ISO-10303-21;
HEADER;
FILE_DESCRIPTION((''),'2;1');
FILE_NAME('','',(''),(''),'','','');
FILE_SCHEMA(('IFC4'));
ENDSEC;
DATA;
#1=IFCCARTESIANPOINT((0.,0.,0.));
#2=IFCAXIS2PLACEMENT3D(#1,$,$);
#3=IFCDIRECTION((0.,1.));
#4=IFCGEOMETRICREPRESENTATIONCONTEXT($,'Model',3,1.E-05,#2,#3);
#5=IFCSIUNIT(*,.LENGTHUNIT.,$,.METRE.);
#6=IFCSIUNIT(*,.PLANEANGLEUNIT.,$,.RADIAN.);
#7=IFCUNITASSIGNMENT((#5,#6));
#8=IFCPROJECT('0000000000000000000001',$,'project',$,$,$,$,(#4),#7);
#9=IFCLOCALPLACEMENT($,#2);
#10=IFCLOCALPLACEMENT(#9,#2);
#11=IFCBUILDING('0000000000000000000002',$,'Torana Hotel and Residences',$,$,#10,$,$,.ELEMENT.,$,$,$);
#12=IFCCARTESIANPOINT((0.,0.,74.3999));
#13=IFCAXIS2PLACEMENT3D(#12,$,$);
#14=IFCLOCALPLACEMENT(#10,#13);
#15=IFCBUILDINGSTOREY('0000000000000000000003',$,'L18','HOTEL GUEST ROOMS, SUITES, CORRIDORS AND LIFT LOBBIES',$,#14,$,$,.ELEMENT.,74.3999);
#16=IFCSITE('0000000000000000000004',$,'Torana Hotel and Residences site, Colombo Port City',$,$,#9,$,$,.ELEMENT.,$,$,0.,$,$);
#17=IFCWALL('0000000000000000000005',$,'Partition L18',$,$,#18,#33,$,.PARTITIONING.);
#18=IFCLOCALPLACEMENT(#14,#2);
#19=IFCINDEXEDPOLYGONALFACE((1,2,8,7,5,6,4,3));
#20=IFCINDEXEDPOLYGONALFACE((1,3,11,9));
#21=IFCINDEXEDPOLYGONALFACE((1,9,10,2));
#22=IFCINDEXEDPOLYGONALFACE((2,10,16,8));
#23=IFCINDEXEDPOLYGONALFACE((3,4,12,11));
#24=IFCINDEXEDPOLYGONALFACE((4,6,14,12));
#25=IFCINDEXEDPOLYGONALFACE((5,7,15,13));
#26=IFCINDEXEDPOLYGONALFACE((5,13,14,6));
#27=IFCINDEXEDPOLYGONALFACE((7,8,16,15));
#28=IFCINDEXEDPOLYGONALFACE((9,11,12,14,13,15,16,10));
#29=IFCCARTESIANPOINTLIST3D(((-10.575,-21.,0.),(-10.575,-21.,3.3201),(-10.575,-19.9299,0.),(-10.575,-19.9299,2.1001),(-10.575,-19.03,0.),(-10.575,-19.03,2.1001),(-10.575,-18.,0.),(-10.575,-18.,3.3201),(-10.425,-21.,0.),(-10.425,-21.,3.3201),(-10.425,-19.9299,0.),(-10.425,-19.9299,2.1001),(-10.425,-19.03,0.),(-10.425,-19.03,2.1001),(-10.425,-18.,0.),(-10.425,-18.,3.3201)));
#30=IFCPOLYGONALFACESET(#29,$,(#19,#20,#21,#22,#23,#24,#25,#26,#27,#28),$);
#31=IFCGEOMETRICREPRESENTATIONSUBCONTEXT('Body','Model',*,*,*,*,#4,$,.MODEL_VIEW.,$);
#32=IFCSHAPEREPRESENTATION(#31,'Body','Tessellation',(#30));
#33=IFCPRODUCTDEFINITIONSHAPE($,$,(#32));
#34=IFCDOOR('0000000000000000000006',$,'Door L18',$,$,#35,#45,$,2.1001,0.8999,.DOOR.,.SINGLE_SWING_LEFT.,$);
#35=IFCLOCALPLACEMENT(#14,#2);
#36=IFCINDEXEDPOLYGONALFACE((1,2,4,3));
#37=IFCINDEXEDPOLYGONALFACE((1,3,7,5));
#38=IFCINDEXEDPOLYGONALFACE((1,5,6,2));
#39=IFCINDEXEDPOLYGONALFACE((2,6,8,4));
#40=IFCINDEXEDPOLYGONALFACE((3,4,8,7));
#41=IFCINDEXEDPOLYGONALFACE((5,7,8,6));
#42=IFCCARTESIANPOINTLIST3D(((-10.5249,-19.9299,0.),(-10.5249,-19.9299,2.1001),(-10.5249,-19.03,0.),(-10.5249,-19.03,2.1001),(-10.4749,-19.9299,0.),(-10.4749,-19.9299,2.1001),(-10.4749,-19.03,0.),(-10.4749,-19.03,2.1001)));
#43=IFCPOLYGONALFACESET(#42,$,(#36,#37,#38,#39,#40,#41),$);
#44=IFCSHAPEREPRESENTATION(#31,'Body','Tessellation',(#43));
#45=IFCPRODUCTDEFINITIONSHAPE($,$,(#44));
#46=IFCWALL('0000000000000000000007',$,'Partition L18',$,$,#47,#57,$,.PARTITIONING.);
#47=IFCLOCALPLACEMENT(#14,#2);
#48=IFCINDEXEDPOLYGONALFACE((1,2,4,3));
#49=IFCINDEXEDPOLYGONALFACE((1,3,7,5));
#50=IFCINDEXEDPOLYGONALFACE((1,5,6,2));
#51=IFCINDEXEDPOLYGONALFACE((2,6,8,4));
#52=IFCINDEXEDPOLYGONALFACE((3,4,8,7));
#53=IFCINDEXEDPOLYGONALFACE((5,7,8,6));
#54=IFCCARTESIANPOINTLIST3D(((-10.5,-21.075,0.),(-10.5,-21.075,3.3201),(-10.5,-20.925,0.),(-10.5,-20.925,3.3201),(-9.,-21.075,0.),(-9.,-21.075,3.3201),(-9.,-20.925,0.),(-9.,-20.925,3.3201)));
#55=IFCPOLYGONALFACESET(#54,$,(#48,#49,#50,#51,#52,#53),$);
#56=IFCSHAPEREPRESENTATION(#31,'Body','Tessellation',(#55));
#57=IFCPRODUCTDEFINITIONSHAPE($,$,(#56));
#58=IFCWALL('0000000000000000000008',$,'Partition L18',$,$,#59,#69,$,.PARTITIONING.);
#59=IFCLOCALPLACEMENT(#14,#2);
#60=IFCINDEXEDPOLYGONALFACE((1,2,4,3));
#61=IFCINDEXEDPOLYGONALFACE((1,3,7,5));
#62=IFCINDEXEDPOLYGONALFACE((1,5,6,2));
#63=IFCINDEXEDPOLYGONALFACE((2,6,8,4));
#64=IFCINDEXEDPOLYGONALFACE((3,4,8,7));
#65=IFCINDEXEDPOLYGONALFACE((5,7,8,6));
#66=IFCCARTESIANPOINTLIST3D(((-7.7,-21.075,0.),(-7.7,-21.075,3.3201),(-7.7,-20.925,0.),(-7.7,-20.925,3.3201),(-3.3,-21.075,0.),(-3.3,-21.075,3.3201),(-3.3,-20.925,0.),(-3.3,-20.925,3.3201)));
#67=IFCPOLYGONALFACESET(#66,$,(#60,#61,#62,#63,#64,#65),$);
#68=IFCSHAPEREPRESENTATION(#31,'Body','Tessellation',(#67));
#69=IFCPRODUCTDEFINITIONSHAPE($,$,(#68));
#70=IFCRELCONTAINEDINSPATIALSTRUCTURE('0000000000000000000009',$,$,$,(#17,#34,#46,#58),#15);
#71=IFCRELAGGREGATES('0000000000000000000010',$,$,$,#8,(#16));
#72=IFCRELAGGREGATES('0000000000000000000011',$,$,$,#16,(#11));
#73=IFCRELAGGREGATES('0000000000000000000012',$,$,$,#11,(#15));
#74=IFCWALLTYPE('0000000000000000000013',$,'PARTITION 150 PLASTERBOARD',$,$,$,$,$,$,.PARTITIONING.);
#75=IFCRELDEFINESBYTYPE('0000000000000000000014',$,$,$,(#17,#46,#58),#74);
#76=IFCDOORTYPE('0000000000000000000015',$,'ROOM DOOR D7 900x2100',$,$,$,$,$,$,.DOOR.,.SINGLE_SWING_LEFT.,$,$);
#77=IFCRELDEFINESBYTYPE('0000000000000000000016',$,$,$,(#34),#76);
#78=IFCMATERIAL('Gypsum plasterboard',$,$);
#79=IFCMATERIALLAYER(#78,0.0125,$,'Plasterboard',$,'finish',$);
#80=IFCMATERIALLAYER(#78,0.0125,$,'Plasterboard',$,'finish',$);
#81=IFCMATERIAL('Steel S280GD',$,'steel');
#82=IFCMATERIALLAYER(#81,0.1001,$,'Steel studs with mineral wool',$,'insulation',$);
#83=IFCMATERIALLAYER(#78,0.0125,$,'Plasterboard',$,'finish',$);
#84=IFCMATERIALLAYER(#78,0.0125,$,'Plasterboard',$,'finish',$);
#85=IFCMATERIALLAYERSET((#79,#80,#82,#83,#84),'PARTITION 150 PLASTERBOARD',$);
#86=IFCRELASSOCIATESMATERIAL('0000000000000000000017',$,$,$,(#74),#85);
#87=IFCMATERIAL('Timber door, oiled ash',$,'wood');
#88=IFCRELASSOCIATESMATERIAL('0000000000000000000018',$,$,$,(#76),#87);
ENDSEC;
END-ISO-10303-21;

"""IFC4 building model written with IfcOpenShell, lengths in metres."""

from ifc_helpers import new_model, si_unit, direction, frame, frame_2d, origin, place, context, subcontext, project, spatial, rectangle, extrude, material, layer, layer_set, type_object, element, fill, save


model = new_model("IFC4")

# Units and contexts
model_context = context("Model", 3, precision=1e-05, world=origin(), true_north=direction((0.0, 1.0)))
body_context = subcontext(model_context, "Body", "Model", "MODEL_VIEW")
ifc_project = project(units=[si_unit("LENGTHUNIT", "METRE"), si_unit("PLANEANGLEUNIT", "RADIAN")], contexts=[model_context])

# Site, building, storey
site_placement = place(None, origin())
site = spatial("IfcSite", under=ifc_project, at=site_placement, Name="Torana Hotel and Residences site, Colombo Port City", CompositionType="ELEMENT", RefElevation=0.0)
building_placement = place(site_placement, origin())
building = spatial("IfcBuilding", under=site, at=building_placement, Name="Torana Hotel and Residences", CompositionType="ELEMENT")
storey_placement = place(building_placement, frame((0.0, 0.0, 74.3999)))
storey = spatial("IfcBuildingStorey", under=building, at=storey_placement, Name="L18", Description="HOTEL GUEST ROOMS, SUITES, CORRIDORS AND LIFT LOBBIES", CompositionType="ELEMENT", Elevation=74.3999)

# Wall, opening, door
ifc_material_1 = material(Name="Gypsum plasterboard")
ifc_layer_1 = layer(ifc_material_1, 0.0125, Name="Plasterboard", Category="finish")
ifc_layer_2 = layer(ifc_material_1, 0.0125, Name="Plasterboard", Category="finish")
ifc_material_2 = material(Name="Steel S280GD", Category="steel")
ifc_layer_3 = layer(ifc_material_2, 0.1001, Name="Steel studs with mineral wool", Category="insulation")
ifc_layer_4 = layer(ifc_material_1, 0.0125, Name="Plasterboard", Category="finish")
ifc_layer_5 = layer(ifc_material_1, 0.0125, Name="Plasterboard", Category="finish")
ifc_layer_set_1 = layer_set([ifc_layer_1, ifc_layer_2, ifc_layer_3, ifc_layer_4, ifc_layer_5], Name="PARTITION 150 PLASTERBOARD")
wall_type_1 = type_object("IfcWallType", Name="PARTITION 150 PLASTERBOARD", PredefinedType="PARTITIONING", material=ifc_layer_set_1)
wall_1_placement = place(storey_placement, frame((-10.5, -21.0, 0.0), z_axis=(0.0, 0.0, 1.0), x_axis=(0.0, 1.0, 0.0)))
wall_1 = element("IfcWall", 1, at=wall_1_placement, inside=storey, type_object=wall_type_1, Name="Partition L18", PredefinedType="PARTITIONING", context=body_context, shape_type="SweptSolid", body=[
    extrude(rectangle(XDim=3.0, YDim=0.1499, at=frame_2d((1.5, 0.0))), origin(), (0.0, 0.0, 1.0), 3.3201),
])
opening_1_placement = place(wall_1_placement, frame((1.0701, 0.0, 0.0)))
opening_1 = element("IfcOpeningElement", 2, at=opening_1_placement, cuts=wall_1, PredefinedType="OPENING", context=body_context, shape_type="SweptSolid", body=[
    extrude(rectangle(XDim=0.8999, YDim=2.1001, at=frame_2d((0.45, 1.05))), frame((0.0, 0.085, 0.0), z_axis=(0.0, -1.0, 0.0), x_axis=(1.0, 0.0, 0.0)), (0.0, 0.0, 1.0), 0.1699),
])
ifc_material_3 = material(Name="Timber door, oiled ash", Category="wood")
door_type_1 = type_object("IfcDoorType", Name="ROOM DOOR D7 900x2100", OperationType="SINGLE_SWING_LEFT", PredefinedType="DOOR", material=ifc_material_3)
door_1_placement = place(opening_1_placement, origin())
door_1 = element("IfcDoor", 3, at=door_1_placement, inside=storey, type_object=door_type_1, Name="Door L18", OperationType="SINGLE_SWING_LEFT", OverallHeight=2.1001, OverallWidth=0.8999, PredefinedType="DOOR", context=body_context, shape_type="SweptSolid", body=[
    extrude(rectangle(XDim=0.8999, YDim=2.1001, at=frame_2d((0.45, 1.05))), frame((0.0, 0.0249, 0.0), z_axis=(0.0, -1.0, 0.0), x_axis=(1.0, 0.0, 0.0)), (0.0, 0.0, 1.0), 0.05),
])
fill(opening_1, door_1)

# Walls
wall_2_placement = place(storey_placement, frame((-10.5, -21.0, 0.0), z_axis=(0.0, 0.0, 1.0), x_axis=(1.0, 0.0, 0.0)))
element("IfcWall", 4, at=wall_2_placement, inside=storey, type_object=wall_type_1, Name="Partition L18", PredefinedType="PARTITIONING", context=body_context, shape_type="SweptSolid", body=[
    extrude(rectangle(XDim=1.5, YDim=0.1499, at=frame_2d((0.75, 0.0))), origin(), (0.0, 0.0, 1.0), 3.3201),
])
wall_3_placement = place(storey_placement, frame((-7.7, -21.0, 0.0), z_axis=(0.0, 0.0, 1.0), x_axis=(1.0, 0.0, 0.0)))
element("IfcWall", 5, at=wall_3_placement, inside=storey, type_object=wall_type_1, Name="Partition L18", PredefinedType="PARTITIONING", context=body_context, shape_type="SweptSolid", body=[
    extrude(rectangle(XDim=4.3999, YDim=0.1499, at=frame_2d((2.2, 0.0))), origin(), (0.0, 0.0, 1.0), 3.3201),
])

save(model, "model.ifc")
